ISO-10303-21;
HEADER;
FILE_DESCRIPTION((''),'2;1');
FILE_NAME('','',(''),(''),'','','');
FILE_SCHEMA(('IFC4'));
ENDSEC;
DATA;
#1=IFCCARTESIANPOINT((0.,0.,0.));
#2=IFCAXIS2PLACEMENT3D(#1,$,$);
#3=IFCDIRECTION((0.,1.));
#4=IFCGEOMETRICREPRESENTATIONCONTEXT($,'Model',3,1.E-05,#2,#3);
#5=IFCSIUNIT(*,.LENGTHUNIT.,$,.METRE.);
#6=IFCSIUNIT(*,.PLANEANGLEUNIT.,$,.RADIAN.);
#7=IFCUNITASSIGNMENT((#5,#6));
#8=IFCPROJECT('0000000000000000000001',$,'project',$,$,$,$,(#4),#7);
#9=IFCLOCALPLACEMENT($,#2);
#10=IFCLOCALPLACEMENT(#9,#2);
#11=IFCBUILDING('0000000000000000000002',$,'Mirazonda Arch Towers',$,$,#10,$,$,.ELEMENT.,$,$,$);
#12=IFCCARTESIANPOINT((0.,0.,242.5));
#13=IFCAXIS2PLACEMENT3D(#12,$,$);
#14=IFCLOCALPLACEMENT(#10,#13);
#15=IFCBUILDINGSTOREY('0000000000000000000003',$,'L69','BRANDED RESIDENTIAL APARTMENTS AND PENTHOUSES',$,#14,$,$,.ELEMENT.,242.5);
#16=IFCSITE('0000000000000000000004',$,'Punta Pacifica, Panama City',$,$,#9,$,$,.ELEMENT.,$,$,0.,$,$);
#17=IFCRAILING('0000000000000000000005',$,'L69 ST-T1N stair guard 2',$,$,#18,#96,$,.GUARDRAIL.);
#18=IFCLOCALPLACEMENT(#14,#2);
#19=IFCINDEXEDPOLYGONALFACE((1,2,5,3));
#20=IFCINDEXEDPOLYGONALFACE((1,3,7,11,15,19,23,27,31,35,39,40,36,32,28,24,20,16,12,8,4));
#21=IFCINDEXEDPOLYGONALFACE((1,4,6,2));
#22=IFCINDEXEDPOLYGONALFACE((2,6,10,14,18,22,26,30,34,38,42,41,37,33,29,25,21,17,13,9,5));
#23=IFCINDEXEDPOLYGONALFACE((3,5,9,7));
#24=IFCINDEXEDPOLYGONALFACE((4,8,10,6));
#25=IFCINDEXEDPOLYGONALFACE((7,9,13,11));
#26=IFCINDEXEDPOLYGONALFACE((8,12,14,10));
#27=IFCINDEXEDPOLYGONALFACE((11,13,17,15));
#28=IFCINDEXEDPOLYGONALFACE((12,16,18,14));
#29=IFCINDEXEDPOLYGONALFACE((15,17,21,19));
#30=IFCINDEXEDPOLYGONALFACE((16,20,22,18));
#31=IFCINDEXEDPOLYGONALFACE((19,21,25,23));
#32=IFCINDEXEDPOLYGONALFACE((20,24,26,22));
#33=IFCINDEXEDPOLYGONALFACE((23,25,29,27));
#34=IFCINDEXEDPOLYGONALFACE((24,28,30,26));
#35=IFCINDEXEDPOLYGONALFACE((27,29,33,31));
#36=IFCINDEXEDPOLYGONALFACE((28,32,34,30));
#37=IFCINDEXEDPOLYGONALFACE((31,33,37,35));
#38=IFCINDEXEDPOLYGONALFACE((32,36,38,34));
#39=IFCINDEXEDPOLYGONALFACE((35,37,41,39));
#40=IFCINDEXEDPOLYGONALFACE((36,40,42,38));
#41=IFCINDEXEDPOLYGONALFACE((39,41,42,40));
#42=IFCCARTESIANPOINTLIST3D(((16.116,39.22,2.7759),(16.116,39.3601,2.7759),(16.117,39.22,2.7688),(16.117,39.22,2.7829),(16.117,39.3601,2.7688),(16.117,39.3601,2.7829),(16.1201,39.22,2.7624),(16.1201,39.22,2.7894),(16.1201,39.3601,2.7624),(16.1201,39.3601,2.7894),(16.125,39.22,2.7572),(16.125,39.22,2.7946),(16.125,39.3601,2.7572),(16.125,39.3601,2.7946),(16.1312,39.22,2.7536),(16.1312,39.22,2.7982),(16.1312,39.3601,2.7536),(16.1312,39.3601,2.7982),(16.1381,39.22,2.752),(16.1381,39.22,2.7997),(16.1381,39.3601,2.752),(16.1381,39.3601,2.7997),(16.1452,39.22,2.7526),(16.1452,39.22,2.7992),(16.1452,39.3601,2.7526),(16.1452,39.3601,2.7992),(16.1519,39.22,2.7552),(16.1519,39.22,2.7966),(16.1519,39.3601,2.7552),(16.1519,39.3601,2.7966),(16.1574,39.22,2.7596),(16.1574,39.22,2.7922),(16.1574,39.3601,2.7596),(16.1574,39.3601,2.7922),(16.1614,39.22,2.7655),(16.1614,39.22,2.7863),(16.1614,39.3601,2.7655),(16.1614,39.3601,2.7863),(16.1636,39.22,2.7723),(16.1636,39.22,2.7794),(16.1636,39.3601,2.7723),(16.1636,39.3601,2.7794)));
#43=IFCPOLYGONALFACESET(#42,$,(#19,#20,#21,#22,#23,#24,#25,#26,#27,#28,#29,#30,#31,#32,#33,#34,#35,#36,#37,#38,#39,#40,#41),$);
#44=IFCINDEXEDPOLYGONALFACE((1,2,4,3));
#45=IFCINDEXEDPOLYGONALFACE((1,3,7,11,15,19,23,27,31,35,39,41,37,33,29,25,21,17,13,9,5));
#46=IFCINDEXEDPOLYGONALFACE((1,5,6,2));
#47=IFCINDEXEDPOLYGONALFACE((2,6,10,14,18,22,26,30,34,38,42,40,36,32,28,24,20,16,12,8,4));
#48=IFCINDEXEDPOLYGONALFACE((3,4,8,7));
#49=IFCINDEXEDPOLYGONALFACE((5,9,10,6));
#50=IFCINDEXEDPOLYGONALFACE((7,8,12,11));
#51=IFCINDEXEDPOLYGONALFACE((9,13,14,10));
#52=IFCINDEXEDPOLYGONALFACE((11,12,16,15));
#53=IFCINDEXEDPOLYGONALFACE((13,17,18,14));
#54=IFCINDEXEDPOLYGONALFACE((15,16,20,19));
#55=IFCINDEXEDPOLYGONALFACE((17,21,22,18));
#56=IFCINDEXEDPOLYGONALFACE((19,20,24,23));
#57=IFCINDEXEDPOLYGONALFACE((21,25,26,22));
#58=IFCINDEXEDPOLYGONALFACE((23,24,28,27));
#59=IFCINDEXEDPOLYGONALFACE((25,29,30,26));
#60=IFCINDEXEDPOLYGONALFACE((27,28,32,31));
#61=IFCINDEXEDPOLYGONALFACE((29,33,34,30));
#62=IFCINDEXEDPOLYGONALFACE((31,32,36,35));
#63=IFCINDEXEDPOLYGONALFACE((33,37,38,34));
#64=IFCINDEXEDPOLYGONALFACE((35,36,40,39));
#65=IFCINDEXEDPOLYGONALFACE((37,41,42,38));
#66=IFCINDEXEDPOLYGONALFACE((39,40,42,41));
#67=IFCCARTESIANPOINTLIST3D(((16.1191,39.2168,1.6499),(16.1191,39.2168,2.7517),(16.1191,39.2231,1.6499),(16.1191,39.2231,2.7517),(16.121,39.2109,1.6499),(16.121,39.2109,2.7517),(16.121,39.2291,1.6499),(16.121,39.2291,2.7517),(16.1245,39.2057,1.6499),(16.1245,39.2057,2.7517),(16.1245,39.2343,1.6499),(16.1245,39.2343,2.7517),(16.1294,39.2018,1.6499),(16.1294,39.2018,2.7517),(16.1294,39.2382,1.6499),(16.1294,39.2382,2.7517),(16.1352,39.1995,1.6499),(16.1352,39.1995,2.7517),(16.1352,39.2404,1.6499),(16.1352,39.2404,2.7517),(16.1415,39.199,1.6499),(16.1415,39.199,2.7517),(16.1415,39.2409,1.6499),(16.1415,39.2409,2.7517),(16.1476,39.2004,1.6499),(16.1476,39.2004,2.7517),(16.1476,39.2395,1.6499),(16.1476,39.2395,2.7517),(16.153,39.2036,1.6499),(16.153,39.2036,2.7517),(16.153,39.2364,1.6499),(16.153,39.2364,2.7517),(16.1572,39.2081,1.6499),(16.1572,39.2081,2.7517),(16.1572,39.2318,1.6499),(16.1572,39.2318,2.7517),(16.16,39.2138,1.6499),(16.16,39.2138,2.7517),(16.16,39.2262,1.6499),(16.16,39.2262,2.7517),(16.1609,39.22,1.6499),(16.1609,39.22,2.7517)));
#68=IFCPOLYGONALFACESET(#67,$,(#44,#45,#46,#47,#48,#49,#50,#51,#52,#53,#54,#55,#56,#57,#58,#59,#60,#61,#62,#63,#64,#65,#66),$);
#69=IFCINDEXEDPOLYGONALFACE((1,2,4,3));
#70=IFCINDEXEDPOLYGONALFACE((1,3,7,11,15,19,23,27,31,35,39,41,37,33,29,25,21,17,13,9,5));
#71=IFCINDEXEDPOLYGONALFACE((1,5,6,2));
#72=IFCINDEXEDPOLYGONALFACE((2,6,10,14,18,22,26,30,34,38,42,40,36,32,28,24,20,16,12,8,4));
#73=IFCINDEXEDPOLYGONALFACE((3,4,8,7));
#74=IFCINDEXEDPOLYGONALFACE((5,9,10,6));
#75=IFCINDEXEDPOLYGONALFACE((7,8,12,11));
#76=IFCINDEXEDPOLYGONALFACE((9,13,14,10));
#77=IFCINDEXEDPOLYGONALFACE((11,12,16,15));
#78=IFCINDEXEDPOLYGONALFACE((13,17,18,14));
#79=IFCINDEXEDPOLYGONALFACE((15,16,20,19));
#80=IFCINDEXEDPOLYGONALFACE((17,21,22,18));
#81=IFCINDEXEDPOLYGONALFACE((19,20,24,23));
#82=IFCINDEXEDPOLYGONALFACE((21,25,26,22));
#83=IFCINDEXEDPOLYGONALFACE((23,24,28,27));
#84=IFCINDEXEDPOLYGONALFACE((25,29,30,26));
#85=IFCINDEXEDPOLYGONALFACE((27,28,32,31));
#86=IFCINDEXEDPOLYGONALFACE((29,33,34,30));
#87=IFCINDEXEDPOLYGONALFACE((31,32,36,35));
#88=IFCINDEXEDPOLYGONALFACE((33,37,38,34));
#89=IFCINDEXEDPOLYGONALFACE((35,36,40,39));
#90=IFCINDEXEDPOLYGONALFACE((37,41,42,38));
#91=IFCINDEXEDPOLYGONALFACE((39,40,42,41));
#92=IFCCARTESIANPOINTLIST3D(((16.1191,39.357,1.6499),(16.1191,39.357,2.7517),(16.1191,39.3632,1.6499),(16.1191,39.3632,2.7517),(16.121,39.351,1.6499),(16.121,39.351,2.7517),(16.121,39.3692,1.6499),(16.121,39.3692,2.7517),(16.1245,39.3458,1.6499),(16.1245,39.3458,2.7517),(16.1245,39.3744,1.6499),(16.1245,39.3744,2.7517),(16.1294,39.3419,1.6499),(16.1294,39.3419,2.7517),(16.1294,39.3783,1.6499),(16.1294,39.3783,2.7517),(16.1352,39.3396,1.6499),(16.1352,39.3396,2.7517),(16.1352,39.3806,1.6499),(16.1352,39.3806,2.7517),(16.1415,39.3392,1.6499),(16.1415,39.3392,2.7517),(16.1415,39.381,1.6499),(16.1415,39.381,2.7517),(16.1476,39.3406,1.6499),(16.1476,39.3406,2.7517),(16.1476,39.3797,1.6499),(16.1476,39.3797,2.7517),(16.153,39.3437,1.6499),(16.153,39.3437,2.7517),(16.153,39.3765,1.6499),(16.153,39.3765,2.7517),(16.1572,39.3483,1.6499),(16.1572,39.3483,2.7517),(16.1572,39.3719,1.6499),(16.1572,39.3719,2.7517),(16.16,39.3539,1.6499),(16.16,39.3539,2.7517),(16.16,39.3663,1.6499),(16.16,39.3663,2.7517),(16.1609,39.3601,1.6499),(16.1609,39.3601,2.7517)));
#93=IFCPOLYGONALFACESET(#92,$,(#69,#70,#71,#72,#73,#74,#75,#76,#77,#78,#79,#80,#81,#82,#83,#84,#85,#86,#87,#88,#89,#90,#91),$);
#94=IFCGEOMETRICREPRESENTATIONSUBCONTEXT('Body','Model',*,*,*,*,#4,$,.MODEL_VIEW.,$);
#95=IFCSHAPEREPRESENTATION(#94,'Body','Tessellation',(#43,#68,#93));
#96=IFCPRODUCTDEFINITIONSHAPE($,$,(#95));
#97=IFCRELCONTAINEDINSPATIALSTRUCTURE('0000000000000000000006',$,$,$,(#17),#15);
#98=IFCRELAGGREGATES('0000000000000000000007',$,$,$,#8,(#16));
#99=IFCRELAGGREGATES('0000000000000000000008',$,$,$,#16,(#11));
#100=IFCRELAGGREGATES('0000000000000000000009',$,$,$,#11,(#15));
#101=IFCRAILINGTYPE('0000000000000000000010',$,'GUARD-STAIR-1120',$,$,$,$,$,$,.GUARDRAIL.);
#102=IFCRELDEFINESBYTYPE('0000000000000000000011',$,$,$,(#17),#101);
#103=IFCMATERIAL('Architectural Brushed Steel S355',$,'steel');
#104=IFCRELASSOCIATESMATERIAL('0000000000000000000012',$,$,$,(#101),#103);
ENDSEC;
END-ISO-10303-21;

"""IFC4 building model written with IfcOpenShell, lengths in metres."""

from ifc_helpers import new_model, si_unit, direction, frame, origin, origin_2d, place, context, subcontext, project, spatial, circle, extrude, material, type_object, element, save


model = new_model("IFC4")

# Units and contexts
model_context = context("Model", 3, precision=1e-05, world=origin(), true_north=direction((0.0, 1.0)))
body_context = subcontext(model_context, "Body", "Model", "MODEL_VIEW")
ifc_project = project(units=[si_unit("LENGTHUNIT", "METRE"), si_unit("PLANEANGLEUNIT", "RADIAN")], contexts=[model_context])

# Site, building, storey
site_placement = place(None, origin())
site = spatial("IfcSite", under=ifc_project, at=site_placement, Name="Punta Pacifica, Panama City", CompositionType="ELEMENT", RefElevation=0.0)
building_placement = place(site_placement, origin())
building = spatial("IfcBuilding", under=site, at=building_placement, Name="Mirazonda Arch Towers", CompositionType="ELEMENT")
storey_placement = place(building_placement, frame((0.0, 0.0, 242.5)))
storey = spatial("IfcBuildingStorey", under=building, at=storey_placement, Name="L69", Description="BRANDED RESIDENTIAL APARTMENTS AND PENTHOUSES", CompositionType="ELEMENT", Elevation=242.5)

# Railing
ifc_material_1 = material(Name="Architectural Brushed Steel S355", Category="steel")
railing_type_1 = type_object("IfcRailingType", Name="GUARD-STAIR-1120", PredefinedType="GUARDRAIL", material=ifc_material_1)
railing_1_placement = place(storey_placement, frame((16.1399, 39.22, 1.6499)))
element("IfcRailing", 1, at=railing_1_placement, inside=storey, type_object=railing_type_1, Name="L69 ST-T1N stair guard 2", PredefinedType="GUARDRAIL", context=body_context, shape_type="SweptSolid", body=[
    extrude(circle(Radius=0.0239, at=origin_2d()), frame((0.0, 0.0, 1.126), z_axis=(0.0, 1.0, 0.0), x_axis=(-1.0, 0.0, 0.0)), (0.0, 0.0, 1.0), 0.1401),
    extrude(circle(Radius=0.021, at=origin_2d()), origin(), (0.0, 0.0, 1.0), 1.1018),
    extrude(circle(Radius=0.021, at=origin_2d()), frame((0.0, 0.1401, 0.0)), (0.0, 0.0, 1.0), 1.1018),
])

save(model, "model.ifc")
